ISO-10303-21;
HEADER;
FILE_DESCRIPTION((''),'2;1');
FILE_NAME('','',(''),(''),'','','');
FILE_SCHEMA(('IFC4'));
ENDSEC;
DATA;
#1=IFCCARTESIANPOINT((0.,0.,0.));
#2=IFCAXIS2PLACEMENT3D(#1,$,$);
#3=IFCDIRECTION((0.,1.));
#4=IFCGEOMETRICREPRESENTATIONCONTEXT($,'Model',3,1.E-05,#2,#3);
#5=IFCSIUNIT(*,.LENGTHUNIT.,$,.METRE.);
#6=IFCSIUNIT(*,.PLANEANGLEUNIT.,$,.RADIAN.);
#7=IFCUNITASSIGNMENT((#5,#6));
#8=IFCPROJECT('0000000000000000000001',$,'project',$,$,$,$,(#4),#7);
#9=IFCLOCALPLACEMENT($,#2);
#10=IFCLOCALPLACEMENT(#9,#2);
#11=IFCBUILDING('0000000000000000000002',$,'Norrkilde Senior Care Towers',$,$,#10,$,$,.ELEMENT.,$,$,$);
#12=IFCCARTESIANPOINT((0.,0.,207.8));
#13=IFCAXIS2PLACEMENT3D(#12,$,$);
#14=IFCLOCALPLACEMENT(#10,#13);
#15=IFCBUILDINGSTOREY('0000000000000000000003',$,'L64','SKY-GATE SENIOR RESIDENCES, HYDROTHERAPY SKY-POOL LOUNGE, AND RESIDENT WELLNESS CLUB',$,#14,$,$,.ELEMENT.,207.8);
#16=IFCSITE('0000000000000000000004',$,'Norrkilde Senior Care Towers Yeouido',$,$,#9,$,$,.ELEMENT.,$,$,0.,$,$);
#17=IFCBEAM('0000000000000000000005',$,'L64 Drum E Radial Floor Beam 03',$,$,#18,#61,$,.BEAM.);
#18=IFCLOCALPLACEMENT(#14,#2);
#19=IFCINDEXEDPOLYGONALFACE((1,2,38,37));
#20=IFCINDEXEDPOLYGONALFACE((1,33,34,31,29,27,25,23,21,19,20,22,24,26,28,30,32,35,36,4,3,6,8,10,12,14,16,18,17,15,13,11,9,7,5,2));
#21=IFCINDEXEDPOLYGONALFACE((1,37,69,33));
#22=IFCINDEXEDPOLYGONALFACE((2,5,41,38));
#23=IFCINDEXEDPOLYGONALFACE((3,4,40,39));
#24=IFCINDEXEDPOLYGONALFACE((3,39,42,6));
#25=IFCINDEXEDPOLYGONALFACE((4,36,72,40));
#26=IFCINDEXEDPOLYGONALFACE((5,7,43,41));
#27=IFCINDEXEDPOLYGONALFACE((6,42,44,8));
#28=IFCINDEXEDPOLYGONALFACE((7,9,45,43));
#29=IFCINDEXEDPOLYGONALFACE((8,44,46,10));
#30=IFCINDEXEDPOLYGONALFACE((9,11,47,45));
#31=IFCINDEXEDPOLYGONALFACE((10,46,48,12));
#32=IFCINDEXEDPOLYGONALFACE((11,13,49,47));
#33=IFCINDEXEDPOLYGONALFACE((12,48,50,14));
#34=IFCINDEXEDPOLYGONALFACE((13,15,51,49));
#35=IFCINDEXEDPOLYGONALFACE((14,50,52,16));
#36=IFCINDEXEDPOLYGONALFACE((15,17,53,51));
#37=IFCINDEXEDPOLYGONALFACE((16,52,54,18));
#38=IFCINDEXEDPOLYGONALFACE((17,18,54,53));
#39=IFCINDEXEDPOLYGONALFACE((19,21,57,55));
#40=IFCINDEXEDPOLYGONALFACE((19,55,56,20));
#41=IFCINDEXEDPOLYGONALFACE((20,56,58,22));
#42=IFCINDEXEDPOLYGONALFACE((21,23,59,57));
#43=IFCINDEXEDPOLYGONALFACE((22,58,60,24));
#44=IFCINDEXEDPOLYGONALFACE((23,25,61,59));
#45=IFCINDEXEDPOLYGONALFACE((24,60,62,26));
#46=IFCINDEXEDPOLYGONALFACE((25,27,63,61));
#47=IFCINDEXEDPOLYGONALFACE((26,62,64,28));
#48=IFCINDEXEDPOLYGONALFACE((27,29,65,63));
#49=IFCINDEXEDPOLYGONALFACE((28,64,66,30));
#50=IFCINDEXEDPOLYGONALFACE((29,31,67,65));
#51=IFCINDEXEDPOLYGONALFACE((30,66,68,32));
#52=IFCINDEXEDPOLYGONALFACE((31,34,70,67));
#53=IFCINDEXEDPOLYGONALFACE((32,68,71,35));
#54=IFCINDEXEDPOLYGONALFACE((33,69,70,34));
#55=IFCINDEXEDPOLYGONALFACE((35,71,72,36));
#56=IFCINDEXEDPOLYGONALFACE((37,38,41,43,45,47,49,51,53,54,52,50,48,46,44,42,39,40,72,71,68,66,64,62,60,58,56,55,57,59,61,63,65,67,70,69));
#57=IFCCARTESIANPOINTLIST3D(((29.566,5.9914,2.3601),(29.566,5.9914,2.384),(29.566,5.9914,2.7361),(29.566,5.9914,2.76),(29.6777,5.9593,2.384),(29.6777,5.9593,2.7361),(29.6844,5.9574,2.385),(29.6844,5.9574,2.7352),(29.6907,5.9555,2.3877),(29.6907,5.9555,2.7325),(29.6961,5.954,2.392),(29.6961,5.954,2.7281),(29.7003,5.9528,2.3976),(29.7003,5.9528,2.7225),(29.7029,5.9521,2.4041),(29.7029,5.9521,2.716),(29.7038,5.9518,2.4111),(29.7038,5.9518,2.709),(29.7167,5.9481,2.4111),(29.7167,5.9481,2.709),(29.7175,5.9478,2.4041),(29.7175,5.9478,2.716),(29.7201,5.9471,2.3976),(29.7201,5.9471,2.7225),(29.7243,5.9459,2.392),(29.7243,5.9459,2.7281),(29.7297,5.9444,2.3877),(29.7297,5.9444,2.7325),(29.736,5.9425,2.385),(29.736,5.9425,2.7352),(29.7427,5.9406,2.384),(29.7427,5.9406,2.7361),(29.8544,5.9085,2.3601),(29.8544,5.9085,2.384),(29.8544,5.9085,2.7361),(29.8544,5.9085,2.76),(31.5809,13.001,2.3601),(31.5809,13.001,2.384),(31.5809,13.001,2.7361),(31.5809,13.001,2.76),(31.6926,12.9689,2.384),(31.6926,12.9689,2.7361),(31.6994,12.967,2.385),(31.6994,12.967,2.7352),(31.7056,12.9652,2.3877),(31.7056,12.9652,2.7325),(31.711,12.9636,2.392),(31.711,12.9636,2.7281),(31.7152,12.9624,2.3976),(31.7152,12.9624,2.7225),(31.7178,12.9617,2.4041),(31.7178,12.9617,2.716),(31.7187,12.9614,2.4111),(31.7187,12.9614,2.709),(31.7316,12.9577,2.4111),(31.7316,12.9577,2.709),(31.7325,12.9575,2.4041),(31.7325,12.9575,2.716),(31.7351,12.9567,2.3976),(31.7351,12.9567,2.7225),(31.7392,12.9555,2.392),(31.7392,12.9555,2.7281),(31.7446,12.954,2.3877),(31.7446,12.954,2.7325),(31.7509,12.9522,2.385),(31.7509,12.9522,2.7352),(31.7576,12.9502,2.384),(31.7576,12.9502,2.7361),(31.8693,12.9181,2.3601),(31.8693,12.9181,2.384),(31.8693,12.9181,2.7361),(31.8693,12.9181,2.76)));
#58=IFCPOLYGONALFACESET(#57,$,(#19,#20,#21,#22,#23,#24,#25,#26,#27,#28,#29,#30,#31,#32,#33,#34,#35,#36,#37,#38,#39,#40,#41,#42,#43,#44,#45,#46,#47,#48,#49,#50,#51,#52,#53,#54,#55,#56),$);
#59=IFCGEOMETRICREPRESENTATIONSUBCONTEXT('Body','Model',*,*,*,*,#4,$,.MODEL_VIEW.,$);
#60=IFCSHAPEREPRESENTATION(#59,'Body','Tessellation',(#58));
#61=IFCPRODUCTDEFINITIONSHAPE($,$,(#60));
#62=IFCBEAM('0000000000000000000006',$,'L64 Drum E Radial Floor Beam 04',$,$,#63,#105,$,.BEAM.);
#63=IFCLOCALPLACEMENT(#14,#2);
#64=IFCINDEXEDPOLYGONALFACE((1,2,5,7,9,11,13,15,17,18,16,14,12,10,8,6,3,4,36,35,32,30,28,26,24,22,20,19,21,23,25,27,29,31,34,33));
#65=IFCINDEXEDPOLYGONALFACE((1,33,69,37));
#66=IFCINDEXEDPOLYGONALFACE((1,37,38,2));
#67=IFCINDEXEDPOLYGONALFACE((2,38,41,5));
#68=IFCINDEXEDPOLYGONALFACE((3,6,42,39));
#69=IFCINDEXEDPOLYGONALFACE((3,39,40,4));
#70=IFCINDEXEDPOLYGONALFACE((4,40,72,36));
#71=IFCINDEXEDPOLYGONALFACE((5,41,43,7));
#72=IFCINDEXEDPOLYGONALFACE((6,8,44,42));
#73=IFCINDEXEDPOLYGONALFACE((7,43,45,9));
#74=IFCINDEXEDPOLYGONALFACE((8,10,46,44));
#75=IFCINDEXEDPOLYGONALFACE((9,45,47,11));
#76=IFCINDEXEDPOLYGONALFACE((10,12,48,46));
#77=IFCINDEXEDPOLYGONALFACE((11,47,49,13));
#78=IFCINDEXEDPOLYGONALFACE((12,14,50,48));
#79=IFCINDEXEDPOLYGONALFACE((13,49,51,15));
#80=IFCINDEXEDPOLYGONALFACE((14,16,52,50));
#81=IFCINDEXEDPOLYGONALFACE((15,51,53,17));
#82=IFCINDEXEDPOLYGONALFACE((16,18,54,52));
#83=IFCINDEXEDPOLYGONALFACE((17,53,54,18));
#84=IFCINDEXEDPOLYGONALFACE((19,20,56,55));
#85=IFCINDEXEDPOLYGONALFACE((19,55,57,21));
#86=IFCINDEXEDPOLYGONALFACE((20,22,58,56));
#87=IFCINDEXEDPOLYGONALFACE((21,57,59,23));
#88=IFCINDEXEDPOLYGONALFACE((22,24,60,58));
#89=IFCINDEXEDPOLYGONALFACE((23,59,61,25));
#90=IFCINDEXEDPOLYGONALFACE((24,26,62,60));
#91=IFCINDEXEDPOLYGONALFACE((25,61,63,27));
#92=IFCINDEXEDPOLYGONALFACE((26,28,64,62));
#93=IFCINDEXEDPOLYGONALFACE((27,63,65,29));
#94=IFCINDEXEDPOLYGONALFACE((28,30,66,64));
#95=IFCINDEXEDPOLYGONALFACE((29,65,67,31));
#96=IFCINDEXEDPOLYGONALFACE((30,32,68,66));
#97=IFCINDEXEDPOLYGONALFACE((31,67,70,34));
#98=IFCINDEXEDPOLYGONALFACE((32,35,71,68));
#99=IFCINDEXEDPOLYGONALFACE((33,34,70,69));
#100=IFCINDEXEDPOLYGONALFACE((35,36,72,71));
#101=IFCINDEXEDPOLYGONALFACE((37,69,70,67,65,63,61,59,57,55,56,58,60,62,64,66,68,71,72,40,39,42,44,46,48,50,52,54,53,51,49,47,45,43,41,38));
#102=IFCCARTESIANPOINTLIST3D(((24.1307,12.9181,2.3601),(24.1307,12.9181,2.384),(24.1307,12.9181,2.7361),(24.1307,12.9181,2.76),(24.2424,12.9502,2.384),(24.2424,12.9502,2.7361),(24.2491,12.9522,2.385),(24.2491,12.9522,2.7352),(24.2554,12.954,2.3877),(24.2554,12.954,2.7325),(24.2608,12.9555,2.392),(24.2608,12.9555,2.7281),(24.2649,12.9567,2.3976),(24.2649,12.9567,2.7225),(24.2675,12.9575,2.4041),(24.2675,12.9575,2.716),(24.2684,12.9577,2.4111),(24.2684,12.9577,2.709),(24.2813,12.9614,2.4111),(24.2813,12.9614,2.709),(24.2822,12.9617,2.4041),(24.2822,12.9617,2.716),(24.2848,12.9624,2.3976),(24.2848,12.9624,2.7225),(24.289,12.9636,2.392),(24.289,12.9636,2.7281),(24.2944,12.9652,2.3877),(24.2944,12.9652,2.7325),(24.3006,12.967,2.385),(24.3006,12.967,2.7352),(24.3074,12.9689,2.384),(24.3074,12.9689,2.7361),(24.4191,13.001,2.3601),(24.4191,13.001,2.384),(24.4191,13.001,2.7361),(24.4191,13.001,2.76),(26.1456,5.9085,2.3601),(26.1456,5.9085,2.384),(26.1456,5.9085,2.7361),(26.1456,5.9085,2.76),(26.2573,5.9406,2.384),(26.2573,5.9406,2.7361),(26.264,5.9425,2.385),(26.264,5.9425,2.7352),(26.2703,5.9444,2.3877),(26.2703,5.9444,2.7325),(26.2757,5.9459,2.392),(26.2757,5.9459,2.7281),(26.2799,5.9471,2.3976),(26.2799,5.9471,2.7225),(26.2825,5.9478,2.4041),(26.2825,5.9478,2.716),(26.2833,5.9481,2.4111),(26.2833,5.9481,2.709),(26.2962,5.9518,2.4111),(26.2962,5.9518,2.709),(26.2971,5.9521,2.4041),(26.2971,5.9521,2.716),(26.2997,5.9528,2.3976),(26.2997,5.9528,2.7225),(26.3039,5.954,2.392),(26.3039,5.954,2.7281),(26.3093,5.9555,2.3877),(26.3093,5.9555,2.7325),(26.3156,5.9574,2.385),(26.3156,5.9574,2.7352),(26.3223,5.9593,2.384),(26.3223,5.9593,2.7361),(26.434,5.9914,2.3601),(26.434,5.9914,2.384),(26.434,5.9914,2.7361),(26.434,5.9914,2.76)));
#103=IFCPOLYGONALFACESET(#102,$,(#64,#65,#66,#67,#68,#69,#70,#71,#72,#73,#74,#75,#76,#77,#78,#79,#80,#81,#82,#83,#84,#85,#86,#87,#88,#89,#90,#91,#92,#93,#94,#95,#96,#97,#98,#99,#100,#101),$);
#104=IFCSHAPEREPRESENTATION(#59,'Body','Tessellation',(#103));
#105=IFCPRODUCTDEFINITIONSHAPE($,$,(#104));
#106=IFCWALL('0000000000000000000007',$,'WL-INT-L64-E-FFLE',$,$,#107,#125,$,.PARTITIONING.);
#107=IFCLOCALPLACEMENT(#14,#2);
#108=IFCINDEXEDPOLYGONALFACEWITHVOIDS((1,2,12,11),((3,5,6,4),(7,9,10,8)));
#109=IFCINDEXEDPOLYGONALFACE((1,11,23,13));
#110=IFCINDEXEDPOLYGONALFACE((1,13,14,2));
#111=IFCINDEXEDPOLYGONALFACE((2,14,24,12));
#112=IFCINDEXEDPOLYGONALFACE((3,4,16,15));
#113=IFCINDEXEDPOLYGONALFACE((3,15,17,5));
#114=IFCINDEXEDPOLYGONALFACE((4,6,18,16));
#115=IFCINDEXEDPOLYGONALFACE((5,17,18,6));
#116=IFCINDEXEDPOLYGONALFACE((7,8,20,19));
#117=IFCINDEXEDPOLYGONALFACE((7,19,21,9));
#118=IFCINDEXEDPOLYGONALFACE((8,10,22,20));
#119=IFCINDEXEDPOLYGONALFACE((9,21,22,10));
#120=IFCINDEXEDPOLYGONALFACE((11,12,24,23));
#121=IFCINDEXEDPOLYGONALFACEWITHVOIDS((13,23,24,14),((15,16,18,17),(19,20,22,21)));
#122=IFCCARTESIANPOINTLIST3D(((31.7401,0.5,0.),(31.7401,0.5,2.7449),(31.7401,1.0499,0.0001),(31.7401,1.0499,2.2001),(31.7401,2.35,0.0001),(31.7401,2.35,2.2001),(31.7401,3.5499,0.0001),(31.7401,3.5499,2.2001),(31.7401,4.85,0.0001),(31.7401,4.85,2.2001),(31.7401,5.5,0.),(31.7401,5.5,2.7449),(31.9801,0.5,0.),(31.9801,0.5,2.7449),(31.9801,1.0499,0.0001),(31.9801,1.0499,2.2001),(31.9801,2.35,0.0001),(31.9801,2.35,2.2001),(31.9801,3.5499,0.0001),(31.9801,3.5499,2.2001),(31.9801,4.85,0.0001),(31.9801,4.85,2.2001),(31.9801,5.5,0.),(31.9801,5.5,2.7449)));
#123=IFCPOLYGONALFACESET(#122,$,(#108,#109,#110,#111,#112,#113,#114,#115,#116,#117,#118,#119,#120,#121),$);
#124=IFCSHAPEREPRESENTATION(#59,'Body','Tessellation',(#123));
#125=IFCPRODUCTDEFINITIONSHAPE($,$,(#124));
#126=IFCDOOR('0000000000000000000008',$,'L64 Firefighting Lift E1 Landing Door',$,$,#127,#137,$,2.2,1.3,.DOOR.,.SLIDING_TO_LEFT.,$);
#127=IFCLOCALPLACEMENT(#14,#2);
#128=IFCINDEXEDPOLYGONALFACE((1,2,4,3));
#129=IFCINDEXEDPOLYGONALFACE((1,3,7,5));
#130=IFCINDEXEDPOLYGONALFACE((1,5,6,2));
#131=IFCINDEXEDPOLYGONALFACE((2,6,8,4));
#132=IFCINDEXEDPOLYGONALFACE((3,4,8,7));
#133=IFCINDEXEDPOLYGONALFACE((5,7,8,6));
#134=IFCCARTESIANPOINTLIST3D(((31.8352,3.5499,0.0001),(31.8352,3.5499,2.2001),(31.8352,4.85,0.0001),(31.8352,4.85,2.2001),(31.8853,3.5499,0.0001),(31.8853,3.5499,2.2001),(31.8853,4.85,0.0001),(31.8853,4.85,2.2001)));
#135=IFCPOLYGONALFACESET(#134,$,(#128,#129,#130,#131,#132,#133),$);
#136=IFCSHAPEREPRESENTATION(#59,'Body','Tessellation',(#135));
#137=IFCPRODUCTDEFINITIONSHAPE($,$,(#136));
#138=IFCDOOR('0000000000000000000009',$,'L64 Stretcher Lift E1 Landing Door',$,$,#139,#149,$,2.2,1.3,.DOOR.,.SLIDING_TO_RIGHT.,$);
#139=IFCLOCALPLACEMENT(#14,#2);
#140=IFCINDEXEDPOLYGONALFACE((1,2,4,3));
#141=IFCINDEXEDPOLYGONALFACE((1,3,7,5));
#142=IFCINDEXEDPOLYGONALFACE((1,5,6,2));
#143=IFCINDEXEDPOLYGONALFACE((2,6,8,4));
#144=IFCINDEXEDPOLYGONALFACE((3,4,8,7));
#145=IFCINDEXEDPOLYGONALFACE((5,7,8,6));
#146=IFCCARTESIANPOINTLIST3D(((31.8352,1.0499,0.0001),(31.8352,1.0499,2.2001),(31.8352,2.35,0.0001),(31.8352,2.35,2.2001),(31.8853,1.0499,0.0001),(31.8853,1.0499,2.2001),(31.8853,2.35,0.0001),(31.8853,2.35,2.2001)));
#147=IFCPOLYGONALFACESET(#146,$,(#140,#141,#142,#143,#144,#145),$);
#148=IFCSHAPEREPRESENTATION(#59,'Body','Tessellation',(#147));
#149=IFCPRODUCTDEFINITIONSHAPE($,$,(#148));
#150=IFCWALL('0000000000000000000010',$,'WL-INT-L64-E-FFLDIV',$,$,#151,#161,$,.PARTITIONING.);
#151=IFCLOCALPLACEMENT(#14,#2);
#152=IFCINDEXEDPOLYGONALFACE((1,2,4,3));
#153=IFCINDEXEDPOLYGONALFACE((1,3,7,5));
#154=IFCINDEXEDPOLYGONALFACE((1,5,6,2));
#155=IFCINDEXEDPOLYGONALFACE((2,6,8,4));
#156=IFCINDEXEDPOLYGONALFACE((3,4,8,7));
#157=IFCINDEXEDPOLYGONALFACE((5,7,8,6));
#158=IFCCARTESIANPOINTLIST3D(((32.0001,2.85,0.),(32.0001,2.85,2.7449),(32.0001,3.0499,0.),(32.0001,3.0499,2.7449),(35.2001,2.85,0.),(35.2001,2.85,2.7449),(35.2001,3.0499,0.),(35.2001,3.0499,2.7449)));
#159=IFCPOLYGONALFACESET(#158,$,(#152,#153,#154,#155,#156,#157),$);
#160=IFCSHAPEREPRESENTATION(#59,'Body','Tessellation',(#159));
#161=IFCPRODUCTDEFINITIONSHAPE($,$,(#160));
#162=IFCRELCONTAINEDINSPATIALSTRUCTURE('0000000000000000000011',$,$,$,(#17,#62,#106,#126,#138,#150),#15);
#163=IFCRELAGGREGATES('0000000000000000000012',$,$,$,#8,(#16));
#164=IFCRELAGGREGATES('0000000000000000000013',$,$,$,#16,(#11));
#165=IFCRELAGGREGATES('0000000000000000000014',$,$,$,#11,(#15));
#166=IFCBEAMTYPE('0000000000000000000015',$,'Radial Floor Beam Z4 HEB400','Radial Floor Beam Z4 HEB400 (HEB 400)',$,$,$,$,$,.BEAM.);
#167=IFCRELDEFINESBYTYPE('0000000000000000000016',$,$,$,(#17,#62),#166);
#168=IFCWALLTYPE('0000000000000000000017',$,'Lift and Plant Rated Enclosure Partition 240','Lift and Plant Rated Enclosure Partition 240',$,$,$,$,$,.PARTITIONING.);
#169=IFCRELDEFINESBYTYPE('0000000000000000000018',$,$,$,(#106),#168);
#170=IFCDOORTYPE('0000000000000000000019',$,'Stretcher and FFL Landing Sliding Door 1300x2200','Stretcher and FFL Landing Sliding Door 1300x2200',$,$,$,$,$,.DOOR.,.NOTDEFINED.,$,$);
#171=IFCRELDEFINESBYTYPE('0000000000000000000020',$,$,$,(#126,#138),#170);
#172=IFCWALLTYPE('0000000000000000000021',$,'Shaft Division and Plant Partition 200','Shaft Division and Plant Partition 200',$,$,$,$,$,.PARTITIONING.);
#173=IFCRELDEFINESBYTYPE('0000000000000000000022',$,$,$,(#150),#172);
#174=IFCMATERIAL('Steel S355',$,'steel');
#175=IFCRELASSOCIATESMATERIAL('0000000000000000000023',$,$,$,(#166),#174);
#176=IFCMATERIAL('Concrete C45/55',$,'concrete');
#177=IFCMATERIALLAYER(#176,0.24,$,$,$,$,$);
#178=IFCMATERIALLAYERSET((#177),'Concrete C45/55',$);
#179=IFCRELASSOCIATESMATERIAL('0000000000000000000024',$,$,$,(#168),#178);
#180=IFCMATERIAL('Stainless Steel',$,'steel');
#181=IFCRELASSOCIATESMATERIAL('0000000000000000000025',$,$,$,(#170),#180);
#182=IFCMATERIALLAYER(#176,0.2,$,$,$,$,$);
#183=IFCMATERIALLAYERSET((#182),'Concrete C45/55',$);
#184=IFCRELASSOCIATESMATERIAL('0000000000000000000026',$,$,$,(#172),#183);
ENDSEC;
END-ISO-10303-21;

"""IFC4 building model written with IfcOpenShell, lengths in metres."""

from ifc_helpers import new_model, si_unit, direction, frame, frame_2d, origin, origin_2d, place, context, subcontext, project, spatial, rectangle, i_section, extrude, source, transform, mapped, material, layer, layer_set, material_profile, profile_set, type_object, type_shapes, element, fill, save


model = new_model("IFC4")

# Units and contexts
model_context = context("Model", 3, precision=1e-05, world=origin(), true_north=direction((0.0, 1.0)))
body_context = subcontext(model_context, "Body", "Model", "MODEL_VIEW")
ifc_project = project(units=[si_unit("LENGTHUNIT", "METRE"), si_unit("PLANEANGLEUNIT", "RADIAN")], contexts=[model_context])

# Site, building, storey
site_placement = place(None, origin())
site = spatial("IfcSite", under=ifc_project, at=site_placement, Name="Norrkilde Senior Care Towers Yeouido", CompositionType="ELEMENT", RefElevation=0.0)
building_placement = place(site_placement, origin())
building = spatial("IfcBuilding", under=site, at=building_placement, Name="Norrkilde Senior Care Towers", CompositionType="ELEMENT")
storey_placement = place(building_placement, frame((0.0, 0.0, 207.8)))
storey = spatial("IfcBuildingStorey", under=building, at=storey_placement, Name="L64", Description="SKY-GATE SENIOR RESIDENCES, HYDROTHERAPY SKY-POOL LOUNGE, AND RESIDENT WELLNESS CLUB", CompositionType="ELEMENT", Elevation=207.8)

# Beams
ifc_material_1 = material(Name="Steel S355", Category="steel")
ifc_material_profile = material_profile(ifc_material_1, i_section(OverallWidth=0.3, OverallDepth=0.3999, WebThickness=0.0134, FlangeThickness=0.0239, FilletRadius=0.0271, at=origin_2d()), Name="HEB 400")
ifc_profile_set = profile_set([ifc_material_profile], Name="Steel S355")
beam_type = type_object("IfcBeamType", Name="Radial Floor Beam Z4 HEB400", Description="Radial Floor Beam Z4 HEB400 (HEB 400)", PredefinedType="BEAM", material=ifc_profile_set)
shared_shape_1 = source(origin(), body_context, "Body", "SweptSolid", [
    extrude(i_section(OverallWidth=0.3, OverallDepth=0.3999, WebThickness=0.0134, FlangeThickness=0.0239, FilletRadius=0.0271, at=origin_2d()), origin(), (0.0, 0.0, 1.0), 7.2935),
])
type_shapes(beam_type, [shared_shape_1])
for number, where, z_axis, x_axis, name in (
    (1, (29.7102, 5.95, 2.5601), (0.276264, 0.961082, 0.0), (-0.961082, 0.276264, 0.0), "L64 Drum E Radial Floor Beam 03"),
    (2, (26.2898, 5.95, 2.5601), (-0.276264, 0.961082, 0.0), (-0.961082, -0.276264, 0.0), "L64 Drum E Radial Floor Beam 04"),
):
    element("IfcBeam", number, at=place(storey_placement, frame(where, z_axis=z_axis, x_axis=x_axis)), inside=storey, type_object=beam_type, Name=name, PredefinedType="BEAM", context=body_context, shape_type="MappedRepresentation", body=[
        mapped(shared_shape_1, transform((0.0, 0.0, 0.0), x_axis=(1.0, 0.0, 0.0), y_axis=(0.0, 1.0, 0.0), z_axis=(0.0, 0.0, 1.0), scale=1.0)),
    ])

# Shared definitions
ifc_material_2 = material(Name="Concrete C45/55", Category="concrete")

# Wall, openings, doors
ifc_layer_1 = layer(ifc_material_2, 0.24)
ifc_layer_set_1 = layer_set([ifc_layer_1], Name="Concrete C45/55")
wall_type_1 = type_object("IfcWallType", Name="Lift and Plant Rated Enclosure Partition 240", Description="Lift and Plant Rated Enclosure Partition 240", PredefinedType="PARTITIONING", material=ifc_layer_set_1)
shared_shape_2 = source(origin(), body_context, "Body", "SweptSolid", [
    extrude(rectangle(XDim=5.0, YDim=0.24, at=frame_2d((2.5, 0.0))), origin(), (0.0, 0.0, 1.0), 2.7449),
])
type_shapes(wall_type_1, [shared_shape_2])
wall_1_placement = place(storey_placement, frame((31.8601, 0.5, 0.0), z_axis=(0.0, 0.0, 1.0), x_axis=(0.0, 1.0, 0.0)))
wall_1 = element("IfcWall", 3, at=wall_1_placement, inside=storey, type_object=wall_type_1, Name="WL-INT-L64-E-FFLE", PredefinedType="PARTITIONING", context=body_context, shape_type="MappedRepresentation", body=[
    mapped(shared_shape_2, transform((0.0, 0.0, 0.0), x_axis=(1.0, 0.0, 0.0), y_axis=(0.0, 1.0, 0.0), z_axis=(0.0, 0.0, 1.0), scale=1.0)),
])
opening_1_placement = place(wall_1_placement, frame((3.05, 0.0, 0.0)))
opening_1 = element("IfcOpeningElement", 4, at=opening_1_placement, cuts=wall_1, PredefinedType="OPENING", context=body_context, shape_type="SweptSolid", body=[
    extrude(rectangle(XDim=1.3, YDim=2.2, at=frame_2d((0.6499, 1.1001))), frame((0.0, 0.1299, 0.0), z_axis=(0.0, -1.0, 0.0), x_axis=(1.0, 0.0, 0.0)), (0.0, 0.0, 1.0), 0.26),
])
opening_2_placement = place(wall_1_placement, frame((0.55, 0.0, 0.0)))
opening_2 = element("IfcOpeningElement", 5, at=opening_2_placement, cuts=wall_1, PredefinedType="OPENING", context=body_context, shape_type="SweptSolid", body=[
    extrude(rectangle(XDim=1.3, YDim=2.2, at=frame_2d((0.6499, 1.1001))), frame((0.0, 0.1299, 0.0), z_axis=(0.0, -1.0, 0.0), x_axis=(1.0, 0.0, 0.0)), (0.0, 0.0, 1.0), 0.26),
])
ifc_material_3 = material(Name="Stainless Steel", Category="steel")
door_type_1 = type_object("IfcDoorType", Name="Stretcher and FFL Landing Sliding Door 1300x2200", Description="Stretcher and FFL Landing Sliding Door 1300x2200", OperationType="NOTDEFINED", PredefinedType="DOOR", material=ifc_material_3)
shared_shape_3 = source(origin(), body_context, "Body", "SweptSolid", [
    extrude(rectangle(XDim=1.3, YDim=2.2, at=frame_2d((0.6499, 1.1001))), frame((0.0, 0.0249, 0.0), z_axis=(0.0, -1.0, 0.0), x_axis=(1.0, 0.0, 0.0)), (0.0, 0.0, 1.0), 0.05),
])
type_shapes(door_type_1, [shared_shape_3])
door_1_placement = place(opening_1_placement, origin())
door_1 = element("IfcDoor", 6, at=door_1_placement, inside=storey, type_object=door_type_1, Name="L64 Firefighting Lift E1 Landing Door", OperationType="SLIDING_TO_LEFT", OverallHeight=2.2, OverallWidth=1.3, PredefinedType="DOOR", context=body_context, shape_type="MappedRepresentation", body=[
    mapped(shared_shape_3, transform((0.0, 0.0, 0.0), x_axis=(1.0, 0.0, 0.0), y_axis=(0.0, 1.0, 0.0), z_axis=(0.0, 0.0, 1.0), scale=1.0)),
])
fill(opening_1, door_1)
door_2_placement = place(opening_2_placement, origin())
door_2 = element("IfcDoor", 7, at=door_2_placement, inside=storey, type_object=door_type_1, Name="L64 Stretcher Lift E1 Landing Door", OperationType="SLIDING_TO_RIGHT", OverallHeight=2.2, OverallWidth=1.3, PredefinedType="DOOR", context=body_context, shape_type="MappedRepresentation", body=[
    mapped(shared_shape_3, transform((0.0, 0.0, 0.0), x_axis=(1.0, 0.0, 0.0), y_axis=(0.0, 1.0, 0.0), z_axis=(0.0, 0.0, 1.0), scale=1.0)),
])
fill(opening_2, door_2)

# Wall
ifc_layer_2 = layer(ifc_material_2, 0.2)
ifc_layer_set_2 = layer_set([ifc_layer_2], Name="Concrete C45/55")
wall_type_2 = type_object("IfcWallType", Name="Shaft Division and Plant Partition 200", Description="Shaft Division and Plant Partition 200", PredefinedType="PARTITIONING", material=ifc_layer_set_2)
shared_shape_4 = source(origin(), body_context, "Body", "SweptSolid", [
    extrude(rectangle(XDim=3.2, YDim=0.2, at=frame_2d((1.6001, 0.0))), origin(), (0.0, 0.0, 1.0), 2.7449),
])
type_shapes(wall_type_2, [shared_shape_4])
wall_2_placement = place(storey_placement, frame((32.0, 2.95, 0.0), z_axis=(0.0, 0.0, 1.0), x_axis=(1.0, 0.0, 0.0)))
element("IfcWall", 8, at=wall_2_placement, inside=storey, type_object=wall_type_2, Name="WL-INT-L64-E-FFLDIV", PredefinedType="PARTITIONING", context=body_context, shape_type="MappedRepresentation", body=[
    mapped(shared_shape_4, transform((0.0, 0.0, 0.0), x_axis=(1.0, 0.0, 0.0), y_axis=(0.0, 1.0, 0.0), z_axis=(0.0, 0.0, 1.0), scale=1.0)),
])

save(model, "model.ifc")
